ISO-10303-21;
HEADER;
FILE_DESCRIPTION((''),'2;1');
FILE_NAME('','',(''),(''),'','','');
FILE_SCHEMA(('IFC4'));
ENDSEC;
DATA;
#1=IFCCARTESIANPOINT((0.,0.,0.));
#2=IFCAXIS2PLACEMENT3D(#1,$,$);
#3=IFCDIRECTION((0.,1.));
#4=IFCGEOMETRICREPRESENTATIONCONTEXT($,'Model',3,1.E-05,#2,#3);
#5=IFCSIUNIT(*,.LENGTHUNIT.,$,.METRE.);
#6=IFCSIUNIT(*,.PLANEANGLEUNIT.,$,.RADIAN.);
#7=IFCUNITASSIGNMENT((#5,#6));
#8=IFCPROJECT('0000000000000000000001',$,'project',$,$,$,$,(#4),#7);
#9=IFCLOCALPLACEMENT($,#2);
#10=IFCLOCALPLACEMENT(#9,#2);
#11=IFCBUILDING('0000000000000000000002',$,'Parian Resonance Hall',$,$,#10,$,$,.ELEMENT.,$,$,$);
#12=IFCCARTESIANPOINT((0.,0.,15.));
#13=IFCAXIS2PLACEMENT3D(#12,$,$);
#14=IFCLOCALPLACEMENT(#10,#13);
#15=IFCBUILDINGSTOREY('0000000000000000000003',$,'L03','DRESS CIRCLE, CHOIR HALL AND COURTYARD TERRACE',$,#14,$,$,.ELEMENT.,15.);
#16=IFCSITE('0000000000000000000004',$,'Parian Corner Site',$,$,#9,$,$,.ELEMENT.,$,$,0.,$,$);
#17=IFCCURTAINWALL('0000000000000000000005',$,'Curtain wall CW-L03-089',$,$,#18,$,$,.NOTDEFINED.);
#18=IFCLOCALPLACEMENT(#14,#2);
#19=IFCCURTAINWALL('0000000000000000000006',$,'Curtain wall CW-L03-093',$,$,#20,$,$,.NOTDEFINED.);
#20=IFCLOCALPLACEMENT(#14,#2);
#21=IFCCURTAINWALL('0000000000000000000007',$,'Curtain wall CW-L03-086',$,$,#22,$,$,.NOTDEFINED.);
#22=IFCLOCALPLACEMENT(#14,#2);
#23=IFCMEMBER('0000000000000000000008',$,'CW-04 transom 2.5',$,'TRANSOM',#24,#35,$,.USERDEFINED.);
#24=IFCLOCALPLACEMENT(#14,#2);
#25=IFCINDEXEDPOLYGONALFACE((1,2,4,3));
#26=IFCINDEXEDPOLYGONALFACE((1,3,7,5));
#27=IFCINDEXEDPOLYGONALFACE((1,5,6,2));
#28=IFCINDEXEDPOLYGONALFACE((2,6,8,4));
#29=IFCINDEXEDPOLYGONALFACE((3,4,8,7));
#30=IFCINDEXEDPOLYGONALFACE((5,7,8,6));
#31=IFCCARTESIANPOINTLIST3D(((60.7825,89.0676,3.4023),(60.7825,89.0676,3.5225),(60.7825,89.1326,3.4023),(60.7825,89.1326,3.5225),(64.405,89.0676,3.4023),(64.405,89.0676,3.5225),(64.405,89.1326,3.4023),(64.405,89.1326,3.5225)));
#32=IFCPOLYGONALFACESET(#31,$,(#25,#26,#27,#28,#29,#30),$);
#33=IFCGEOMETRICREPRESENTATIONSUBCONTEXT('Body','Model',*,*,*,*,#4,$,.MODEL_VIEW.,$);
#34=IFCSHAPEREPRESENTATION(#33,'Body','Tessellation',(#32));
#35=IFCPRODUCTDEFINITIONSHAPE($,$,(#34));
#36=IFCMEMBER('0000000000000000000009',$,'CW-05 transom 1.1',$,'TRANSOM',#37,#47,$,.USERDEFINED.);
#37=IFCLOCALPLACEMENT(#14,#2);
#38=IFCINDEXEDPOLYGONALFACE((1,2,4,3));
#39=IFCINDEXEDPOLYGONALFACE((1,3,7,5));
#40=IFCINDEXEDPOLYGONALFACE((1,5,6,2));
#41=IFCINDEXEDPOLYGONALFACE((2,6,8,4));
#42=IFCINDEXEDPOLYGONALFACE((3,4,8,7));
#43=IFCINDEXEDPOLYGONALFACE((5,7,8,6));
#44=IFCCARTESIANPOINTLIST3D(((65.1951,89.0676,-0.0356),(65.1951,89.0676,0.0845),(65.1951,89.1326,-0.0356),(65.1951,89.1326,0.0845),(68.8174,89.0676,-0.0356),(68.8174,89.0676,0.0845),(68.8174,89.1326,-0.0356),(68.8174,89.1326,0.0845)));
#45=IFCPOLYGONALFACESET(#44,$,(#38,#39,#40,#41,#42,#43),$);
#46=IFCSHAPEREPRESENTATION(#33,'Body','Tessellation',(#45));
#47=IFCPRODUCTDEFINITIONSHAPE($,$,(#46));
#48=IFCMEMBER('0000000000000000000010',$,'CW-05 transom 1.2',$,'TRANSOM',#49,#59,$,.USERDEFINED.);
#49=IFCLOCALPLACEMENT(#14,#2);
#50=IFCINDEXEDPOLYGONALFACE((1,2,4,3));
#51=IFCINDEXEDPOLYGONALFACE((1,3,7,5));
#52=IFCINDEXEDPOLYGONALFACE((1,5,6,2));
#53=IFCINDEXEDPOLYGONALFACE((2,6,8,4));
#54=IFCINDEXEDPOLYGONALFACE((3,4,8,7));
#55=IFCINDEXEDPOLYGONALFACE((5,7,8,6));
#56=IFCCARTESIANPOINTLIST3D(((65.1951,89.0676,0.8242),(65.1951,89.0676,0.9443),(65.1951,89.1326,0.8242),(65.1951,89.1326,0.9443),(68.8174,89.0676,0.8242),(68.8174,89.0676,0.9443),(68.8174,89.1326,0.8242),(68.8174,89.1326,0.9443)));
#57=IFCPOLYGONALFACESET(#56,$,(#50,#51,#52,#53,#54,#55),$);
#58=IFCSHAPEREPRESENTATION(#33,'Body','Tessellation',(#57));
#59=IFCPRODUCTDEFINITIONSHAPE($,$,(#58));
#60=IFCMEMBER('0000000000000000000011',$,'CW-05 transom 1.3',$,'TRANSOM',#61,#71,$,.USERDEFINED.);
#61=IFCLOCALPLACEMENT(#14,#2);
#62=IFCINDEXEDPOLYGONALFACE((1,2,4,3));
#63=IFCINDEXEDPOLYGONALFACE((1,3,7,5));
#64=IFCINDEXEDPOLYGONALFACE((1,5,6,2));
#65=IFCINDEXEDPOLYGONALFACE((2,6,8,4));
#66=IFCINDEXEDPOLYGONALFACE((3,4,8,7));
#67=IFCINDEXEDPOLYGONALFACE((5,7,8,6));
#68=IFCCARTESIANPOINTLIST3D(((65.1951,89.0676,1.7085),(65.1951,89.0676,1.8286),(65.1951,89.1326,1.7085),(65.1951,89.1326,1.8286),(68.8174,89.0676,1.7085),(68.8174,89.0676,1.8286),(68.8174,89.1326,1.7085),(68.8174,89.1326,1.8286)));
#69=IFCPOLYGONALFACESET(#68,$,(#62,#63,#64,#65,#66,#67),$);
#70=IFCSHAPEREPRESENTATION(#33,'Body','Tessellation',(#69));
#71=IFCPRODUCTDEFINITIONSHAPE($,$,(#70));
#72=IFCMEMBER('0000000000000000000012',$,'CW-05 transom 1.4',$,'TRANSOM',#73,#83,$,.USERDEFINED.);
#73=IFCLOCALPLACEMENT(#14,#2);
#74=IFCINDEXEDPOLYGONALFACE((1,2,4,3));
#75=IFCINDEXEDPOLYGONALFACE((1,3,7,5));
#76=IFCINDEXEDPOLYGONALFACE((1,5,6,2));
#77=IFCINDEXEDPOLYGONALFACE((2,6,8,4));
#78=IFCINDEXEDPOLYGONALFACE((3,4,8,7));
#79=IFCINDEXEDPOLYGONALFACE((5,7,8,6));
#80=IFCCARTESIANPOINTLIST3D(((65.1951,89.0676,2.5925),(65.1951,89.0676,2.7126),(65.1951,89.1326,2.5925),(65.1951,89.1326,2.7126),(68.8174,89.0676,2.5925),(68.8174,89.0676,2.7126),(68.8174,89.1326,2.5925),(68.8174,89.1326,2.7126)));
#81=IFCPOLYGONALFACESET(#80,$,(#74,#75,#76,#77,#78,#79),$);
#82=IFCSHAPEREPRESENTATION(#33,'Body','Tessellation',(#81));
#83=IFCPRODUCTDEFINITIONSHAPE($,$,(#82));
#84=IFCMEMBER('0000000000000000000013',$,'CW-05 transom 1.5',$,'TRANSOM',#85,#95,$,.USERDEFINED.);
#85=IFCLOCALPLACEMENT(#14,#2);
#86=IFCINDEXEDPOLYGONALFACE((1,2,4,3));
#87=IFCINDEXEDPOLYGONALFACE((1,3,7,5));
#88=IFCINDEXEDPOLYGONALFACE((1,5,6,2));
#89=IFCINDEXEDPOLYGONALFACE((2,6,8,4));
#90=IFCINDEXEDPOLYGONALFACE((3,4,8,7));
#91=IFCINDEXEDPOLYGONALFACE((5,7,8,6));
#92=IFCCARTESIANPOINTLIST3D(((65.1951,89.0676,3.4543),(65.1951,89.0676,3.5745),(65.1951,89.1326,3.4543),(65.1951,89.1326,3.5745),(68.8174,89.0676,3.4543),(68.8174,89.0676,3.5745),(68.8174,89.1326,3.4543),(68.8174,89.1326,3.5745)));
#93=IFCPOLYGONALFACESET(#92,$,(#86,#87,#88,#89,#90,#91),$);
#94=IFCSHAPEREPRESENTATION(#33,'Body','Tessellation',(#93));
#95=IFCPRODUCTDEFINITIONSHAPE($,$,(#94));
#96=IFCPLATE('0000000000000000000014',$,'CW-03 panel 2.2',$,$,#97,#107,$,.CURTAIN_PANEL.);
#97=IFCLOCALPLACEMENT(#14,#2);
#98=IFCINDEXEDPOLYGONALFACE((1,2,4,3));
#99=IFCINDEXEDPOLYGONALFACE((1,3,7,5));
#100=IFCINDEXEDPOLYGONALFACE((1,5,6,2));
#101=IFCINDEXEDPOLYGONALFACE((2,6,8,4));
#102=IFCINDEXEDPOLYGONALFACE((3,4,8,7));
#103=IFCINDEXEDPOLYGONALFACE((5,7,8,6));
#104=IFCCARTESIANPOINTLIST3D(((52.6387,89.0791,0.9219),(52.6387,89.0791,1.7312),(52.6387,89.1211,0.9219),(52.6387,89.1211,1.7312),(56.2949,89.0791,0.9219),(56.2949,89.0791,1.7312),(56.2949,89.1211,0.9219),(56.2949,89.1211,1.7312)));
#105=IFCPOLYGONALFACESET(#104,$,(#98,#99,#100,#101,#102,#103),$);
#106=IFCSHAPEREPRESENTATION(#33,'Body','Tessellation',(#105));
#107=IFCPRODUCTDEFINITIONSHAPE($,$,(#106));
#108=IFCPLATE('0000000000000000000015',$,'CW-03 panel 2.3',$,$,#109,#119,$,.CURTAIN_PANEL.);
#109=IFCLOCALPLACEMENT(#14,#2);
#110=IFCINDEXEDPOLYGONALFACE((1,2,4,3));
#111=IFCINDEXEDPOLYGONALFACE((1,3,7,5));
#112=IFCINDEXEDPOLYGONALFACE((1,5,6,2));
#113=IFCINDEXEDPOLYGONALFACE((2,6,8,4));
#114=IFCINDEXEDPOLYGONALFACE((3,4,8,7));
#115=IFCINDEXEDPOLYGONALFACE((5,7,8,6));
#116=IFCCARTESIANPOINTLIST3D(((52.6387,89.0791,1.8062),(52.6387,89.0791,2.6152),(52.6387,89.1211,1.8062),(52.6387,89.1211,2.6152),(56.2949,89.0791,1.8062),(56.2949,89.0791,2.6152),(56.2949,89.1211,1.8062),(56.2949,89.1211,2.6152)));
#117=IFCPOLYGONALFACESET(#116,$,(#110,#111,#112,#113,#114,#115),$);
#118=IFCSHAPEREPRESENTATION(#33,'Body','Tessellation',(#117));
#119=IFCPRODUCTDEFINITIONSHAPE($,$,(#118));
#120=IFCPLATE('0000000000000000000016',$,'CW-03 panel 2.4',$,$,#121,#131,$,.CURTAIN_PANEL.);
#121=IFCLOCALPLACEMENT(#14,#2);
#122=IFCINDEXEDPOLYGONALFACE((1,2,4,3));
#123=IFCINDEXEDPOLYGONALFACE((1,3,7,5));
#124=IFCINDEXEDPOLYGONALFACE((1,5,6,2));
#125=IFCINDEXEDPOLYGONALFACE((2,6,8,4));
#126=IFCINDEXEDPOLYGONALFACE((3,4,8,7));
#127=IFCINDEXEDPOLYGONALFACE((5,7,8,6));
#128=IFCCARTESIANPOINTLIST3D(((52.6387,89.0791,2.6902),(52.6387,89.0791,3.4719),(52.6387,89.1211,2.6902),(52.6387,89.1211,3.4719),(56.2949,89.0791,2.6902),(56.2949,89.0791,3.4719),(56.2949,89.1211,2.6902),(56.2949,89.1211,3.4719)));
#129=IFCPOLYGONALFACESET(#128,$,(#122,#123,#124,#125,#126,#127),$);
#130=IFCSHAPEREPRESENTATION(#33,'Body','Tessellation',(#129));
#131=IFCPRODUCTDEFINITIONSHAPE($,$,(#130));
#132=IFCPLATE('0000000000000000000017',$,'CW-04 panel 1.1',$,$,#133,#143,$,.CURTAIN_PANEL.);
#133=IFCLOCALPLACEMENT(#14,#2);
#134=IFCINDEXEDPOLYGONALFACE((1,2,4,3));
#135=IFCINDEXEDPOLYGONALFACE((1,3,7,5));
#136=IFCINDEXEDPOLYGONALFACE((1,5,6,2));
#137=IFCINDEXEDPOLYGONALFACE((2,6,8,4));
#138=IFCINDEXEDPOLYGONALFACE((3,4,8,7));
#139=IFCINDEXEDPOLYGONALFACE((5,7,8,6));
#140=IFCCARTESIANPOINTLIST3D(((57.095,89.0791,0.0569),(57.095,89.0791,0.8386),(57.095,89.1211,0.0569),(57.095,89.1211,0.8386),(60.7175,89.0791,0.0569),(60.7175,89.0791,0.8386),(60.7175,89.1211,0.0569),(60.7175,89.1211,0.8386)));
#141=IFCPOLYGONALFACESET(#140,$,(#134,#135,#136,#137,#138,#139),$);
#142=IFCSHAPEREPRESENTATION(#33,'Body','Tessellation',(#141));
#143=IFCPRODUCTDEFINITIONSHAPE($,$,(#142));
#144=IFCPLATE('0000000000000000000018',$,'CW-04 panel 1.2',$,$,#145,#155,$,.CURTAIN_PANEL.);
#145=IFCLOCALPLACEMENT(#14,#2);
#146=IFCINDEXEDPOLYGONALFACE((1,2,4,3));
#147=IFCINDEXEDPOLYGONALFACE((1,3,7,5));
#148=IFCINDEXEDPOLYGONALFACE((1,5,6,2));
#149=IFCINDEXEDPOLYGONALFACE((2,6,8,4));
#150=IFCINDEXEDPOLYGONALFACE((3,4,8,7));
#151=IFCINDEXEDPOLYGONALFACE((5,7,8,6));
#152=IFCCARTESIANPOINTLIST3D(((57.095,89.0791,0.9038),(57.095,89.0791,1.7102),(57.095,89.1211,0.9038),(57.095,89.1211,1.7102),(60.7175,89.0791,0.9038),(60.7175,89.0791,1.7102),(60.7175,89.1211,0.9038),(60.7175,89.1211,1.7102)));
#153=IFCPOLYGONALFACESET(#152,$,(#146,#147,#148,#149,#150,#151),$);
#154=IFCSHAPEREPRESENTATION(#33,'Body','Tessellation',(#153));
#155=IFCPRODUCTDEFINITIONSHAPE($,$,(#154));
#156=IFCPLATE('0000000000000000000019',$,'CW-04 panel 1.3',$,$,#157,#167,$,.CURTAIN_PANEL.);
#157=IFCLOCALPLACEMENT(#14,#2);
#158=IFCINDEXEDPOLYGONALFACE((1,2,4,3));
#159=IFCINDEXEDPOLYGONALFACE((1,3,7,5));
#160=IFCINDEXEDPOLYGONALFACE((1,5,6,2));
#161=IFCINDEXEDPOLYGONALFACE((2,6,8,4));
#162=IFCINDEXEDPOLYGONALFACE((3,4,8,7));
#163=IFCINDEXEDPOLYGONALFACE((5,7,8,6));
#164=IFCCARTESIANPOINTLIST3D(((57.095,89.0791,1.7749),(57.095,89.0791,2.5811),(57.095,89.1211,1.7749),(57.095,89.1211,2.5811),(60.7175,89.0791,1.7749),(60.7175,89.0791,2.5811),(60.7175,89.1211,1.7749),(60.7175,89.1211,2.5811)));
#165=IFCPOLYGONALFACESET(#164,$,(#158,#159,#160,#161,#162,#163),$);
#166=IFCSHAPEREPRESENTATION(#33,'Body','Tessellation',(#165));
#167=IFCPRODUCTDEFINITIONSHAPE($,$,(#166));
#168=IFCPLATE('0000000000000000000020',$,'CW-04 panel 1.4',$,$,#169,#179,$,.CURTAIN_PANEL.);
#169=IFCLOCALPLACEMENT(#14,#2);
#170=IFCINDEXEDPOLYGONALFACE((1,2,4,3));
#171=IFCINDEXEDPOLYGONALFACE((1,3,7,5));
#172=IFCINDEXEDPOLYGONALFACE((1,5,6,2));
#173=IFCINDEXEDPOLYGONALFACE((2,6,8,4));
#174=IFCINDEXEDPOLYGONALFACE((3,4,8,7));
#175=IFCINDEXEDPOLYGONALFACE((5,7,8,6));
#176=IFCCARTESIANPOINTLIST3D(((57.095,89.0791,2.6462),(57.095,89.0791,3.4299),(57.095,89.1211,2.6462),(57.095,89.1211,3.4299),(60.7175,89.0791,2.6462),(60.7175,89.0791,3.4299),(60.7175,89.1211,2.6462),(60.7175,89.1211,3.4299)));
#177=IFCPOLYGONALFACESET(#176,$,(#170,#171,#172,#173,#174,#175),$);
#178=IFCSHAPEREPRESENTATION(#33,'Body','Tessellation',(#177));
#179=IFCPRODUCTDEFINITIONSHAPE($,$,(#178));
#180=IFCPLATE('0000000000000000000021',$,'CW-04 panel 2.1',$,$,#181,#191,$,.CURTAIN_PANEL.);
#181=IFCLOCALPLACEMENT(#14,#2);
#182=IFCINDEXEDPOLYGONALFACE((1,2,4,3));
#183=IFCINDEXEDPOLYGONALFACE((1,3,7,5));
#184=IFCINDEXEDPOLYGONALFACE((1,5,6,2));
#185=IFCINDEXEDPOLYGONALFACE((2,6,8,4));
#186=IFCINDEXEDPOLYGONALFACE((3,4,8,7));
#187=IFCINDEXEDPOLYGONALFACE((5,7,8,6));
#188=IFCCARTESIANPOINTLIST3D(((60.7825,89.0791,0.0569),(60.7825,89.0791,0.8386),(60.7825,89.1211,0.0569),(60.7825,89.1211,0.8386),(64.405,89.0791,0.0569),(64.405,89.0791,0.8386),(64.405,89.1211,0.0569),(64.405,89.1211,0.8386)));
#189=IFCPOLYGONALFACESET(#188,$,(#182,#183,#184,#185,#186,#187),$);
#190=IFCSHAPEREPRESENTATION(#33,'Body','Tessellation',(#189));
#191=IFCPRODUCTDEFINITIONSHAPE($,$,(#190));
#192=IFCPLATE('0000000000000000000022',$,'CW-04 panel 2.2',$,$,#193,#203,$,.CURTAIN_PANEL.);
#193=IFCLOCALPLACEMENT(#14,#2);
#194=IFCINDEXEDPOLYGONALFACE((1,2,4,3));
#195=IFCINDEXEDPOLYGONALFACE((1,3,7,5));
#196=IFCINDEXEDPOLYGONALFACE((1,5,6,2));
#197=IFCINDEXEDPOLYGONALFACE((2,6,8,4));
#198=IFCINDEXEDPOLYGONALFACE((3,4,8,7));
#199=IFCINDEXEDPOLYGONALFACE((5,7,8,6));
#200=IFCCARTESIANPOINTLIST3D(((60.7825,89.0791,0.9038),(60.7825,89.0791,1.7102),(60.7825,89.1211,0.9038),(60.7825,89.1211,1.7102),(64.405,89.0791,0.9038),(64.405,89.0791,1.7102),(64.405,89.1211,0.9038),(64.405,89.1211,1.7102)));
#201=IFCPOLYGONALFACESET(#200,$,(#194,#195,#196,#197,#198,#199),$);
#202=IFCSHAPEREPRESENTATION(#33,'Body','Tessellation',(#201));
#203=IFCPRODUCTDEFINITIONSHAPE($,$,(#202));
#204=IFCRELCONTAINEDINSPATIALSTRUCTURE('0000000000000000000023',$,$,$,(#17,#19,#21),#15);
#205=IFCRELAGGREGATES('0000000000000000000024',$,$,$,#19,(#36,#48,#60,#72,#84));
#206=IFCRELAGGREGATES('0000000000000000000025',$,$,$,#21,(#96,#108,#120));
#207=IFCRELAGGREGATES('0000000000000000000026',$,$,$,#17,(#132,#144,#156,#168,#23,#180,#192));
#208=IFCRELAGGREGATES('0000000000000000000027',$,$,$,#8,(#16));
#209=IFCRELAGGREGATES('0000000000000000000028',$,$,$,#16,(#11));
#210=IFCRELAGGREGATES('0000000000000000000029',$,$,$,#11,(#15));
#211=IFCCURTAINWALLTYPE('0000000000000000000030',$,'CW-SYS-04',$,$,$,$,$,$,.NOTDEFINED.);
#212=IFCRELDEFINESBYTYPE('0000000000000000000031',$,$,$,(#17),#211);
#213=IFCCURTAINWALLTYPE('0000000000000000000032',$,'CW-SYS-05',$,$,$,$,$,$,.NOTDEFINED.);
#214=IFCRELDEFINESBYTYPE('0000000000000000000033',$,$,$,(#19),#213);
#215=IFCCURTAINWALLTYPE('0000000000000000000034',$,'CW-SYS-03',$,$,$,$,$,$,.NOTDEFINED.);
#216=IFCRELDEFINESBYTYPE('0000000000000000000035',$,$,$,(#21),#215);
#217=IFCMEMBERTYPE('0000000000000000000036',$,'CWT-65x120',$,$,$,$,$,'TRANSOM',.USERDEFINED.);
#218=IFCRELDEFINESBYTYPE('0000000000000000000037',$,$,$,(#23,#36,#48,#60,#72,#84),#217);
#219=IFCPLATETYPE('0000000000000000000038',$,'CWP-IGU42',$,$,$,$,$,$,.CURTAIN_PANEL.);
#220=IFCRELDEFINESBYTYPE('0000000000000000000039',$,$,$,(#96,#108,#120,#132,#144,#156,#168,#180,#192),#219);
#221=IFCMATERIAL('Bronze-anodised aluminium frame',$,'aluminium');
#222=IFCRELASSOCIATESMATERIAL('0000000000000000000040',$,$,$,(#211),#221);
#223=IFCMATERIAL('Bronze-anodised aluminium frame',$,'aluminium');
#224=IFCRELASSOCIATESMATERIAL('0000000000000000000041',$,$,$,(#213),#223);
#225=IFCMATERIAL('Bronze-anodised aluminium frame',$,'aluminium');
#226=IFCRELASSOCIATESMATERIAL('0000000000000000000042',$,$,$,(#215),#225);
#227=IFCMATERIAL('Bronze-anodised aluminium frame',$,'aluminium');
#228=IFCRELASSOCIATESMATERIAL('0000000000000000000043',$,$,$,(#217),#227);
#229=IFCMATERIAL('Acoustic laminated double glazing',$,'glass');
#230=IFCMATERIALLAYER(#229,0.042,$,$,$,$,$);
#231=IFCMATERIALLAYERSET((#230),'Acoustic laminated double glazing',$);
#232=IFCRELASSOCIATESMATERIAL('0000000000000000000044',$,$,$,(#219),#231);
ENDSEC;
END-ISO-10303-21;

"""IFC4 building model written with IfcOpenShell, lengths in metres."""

from ifc_helpers import new_model, si_unit, direction, frame, origin, origin_2d, place, context, subcontext, project, spatial, rectangle, extrude, material, layer, layer_set, material_profile, profile_set, type_object, element, aggregate, save


model = new_model("IFC4")

# Units and contexts
model_context = context("Model", 3, precision=1e-05, world=origin(), true_north=direction((0.0, 1.0)))
body_context = subcontext(model_context, "Body", "Model", "MODEL_VIEW")
ifc_project = project(units=[si_unit("LENGTHUNIT", "METRE"), si_unit("PLANEANGLEUNIT", "RADIAN")], contexts=[model_context])

# Site, building, storey
site_placement = place(None, origin())
site = spatial("IfcSite", under=ifc_project, at=site_placement, Name="Parian Corner Site", CompositionType="ELEMENT", RefElevation=0.0)
building_placement = place(site_placement, origin())
building = spatial("IfcBuilding", under=site, at=building_placement, Name="Parian Resonance Hall", CompositionType="ELEMENT")
storey_placement = place(building_placement, frame((0.0, 0.0, 15.0)))
storey = spatial("IfcBuildingStorey", under=building, at=storey_placement, Name="L03", Description="DRESS CIRCLE, CHOIR HALL AND COURTYARD TERRACE", CompositionType="ELEMENT", Elevation=15.0)

# Curtain wall
ifc_material_1 = material(Name="Bronze-anodised aluminium frame", Category="aluminium")
curtain_wall_type_1 = type_object("IfcCurtainWallType", Name="CW-SYS-04", PredefinedType="NOTDEFINED", material=ifc_material_1)
curtain_wall_1_placement = place(storey_placement, origin())
curtain_wall_1 = element("IfcCurtainWall", 1, at=curtain_wall_1_placement, inside=storey, type_object=curtain_wall_type_1, Name="Curtain wall CW-L03-089", PredefinedType="NOTDEFINED")

# Curtain walls
ifc_material_2 = material(Name="Bronze-anodised aluminium frame", Category="aluminium")
curtain_wall_type_2 = type_object("IfcCurtainWallType", Name="CW-SYS-05", PredefinedType="NOTDEFINED", material=ifc_material_2)
curtain_wall_2_placement = place(storey_placement, origin())
curtain_wall_2 = element("IfcCurtainWall", 2, at=curtain_wall_2_placement, inside=storey, type_object=curtain_wall_type_2, Name="Curtain wall CW-L03-093", PredefinedType="NOTDEFINED")
ifc_material_3 = material(Name="Bronze-anodised aluminium frame", Category="aluminium")
curtain_wall_type_3 = type_object("IfcCurtainWallType", Name="CW-SYS-03", PredefinedType="NOTDEFINED", material=ifc_material_3)
curtain_wall_3_placement = place(storey_placement, origin())
curtain_wall_3 = element("IfcCurtainWall", 3, at=curtain_wall_3_placement, inside=storey, type_object=curtain_wall_type_3, Name="Curtain wall CW-L03-086", PredefinedType="NOTDEFINED")

# Members
ifc_material_4 = material(Name="Bronze-anodised aluminium frame", Category="aluminium")
ifc_material_profile_1 = material_profile(ifc_material_4, rectangle(XDim=0.0649, YDim=0.1201, at=origin_2d()), Name="CWT-65x120")
ifc_profile_set_1 = profile_set([ifc_material_profile_1], Name="Bronze-anodised aluminium frame")
member_type_1 = type_object("IfcMemberType", Name="CWT-65x120", ElementType="TRANSOM", PredefinedType="USERDEFINED", material=ifc_profile_set_1)
member_1_placement = place(storey_placement, frame((60.7825, 89.1001, 3.4624), z_axis=(1.0, 0.0, 0.0), x_axis=(0.0, 1.0, 0.0)))
member_1 = element("IfcMember", 4, at=member_1_placement, type_object=member_type_1, Name="CW-04 transom 2.5", ObjectType="TRANSOM", PredefinedType="USERDEFINED", context=body_context, shape_type="SweptSolid", body=[
    extrude(rectangle(XDim=0.0649, YDim=0.1201, at=origin_2d()), origin(), (0.0, 0.0, 1.0), 3.6226),
])
member_2_placement = place(storey_placement, frame((65.1951, 89.1001, 0.0244), z_axis=(1.0, 0.0, 0.0), x_axis=(0.0, 1.0, 0.0)))
member_2 = element("IfcMember", 5, at=member_2_placement, type_object=member_type_1, Name="CW-05 transom 1.1", ObjectType="TRANSOM", PredefinedType="USERDEFINED", context=body_context, shape_type="SweptSolid", body=[
    extrude(rectangle(XDim=0.0649, YDim=0.1201, at=origin_2d()), origin(), (0.0, 0.0, 1.0), 3.6223),
])
member_3_placement = place(storey_placement, frame((65.1951, 89.1001, 0.8843), z_axis=(1.0, 0.0, 0.0), x_axis=(0.0, 1.0, 0.0)))
member_3 = element("IfcMember", 6, at=member_3_placement, type_object=member_type_1, Name="CW-05 transom 1.2", ObjectType="TRANSOM", PredefinedType="USERDEFINED", context=body_context, shape_type="SweptSolid", body=[
    extrude(rectangle(XDim=0.0649, YDim=0.1201, at=origin_2d()), origin(), (0.0, 0.0, 1.0), 3.6223),
])
member_4_placement = place(storey_placement, frame((65.1951, 89.1001, 1.7686), z_axis=(1.0, 0.0, 0.0), x_axis=(0.0, 1.0, 0.0)))
member_4 = element("IfcMember", 7, at=member_4_placement, type_object=member_type_1, Name="CW-05 transom 1.3", ObjectType="TRANSOM", PredefinedType="USERDEFINED", context=body_context, shape_type="SweptSolid", body=[
    extrude(rectangle(XDim=0.0649, YDim=0.1201, at=origin_2d()), origin(), (0.0, 0.0, 1.0), 3.6223),
])
member_5_placement = place(storey_placement, frame((65.1951, 89.1001, 2.6526), z_axis=(1.0, 0.0, 0.0), x_axis=(0.0, 1.0, 0.0)))
member_5 = element("IfcMember", 8, at=member_5_placement, type_object=member_type_1, Name="CW-05 transom 1.4", ObjectType="TRANSOM", PredefinedType="USERDEFINED", context=body_context, shape_type="SweptSolid", body=[
    extrude(rectangle(XDim=0.0649, YDim=0.1201, at=origin_2d()), origin(), (0.0, 0.0, 1.0), 3.6223),
])
member_6_placement = place(storey_placement, frame((65.1951, 89.1001, 3.5144), z_axis=(1.0, 0.0, 0.0), x_axis=(0.0, 1.0, 0.0)))
member_6 = element("IfcMember", 9, at=member_6_placement, type_object=member_type_1, Name="CW-05 transom 1.5", ObjectType="TRANSOM", PredefinedType="USERDEFINED", context=body_context, shape_type="SweptSolid", body=[
    extrude(rectangle(XDim=0.0649, YDim=0.1201, at=origin_2d()), origin(), (0.0, 0.0, 1.0), 3.6223),
])
aggregate(curtain_wall_2, [member_2, member_3, member_4, member_5, member_6])

# Plates
ifc_material_5 = material(Name="Acoustic laminated double glazing", Category="glass")
ifc_layer = layer(ifc_material_5, 0.042)
ifc_layer_set = layer_set([ifc_layer], Name="Acoustic laminated double glazing")
plate_type = type_object("IfcPlateType", Name="CWP-IGU42", PredefinedType="CURTAIN_PANEL", material=ifc_layer_set)
plate_1_placement = place(storey_placement, frame((54.4668, 89.1001, 0.9219), z_axis=(0.0, 0.0, 1.0), x_axis=(1.0, 0.0, 0.0)))
plate_1 = element("IfcPlate", 10, at=plate_1_placement, type_object=plate_type, Name="CW-03 panel 2.2", PredefinedType="CURTAIN_PANEL", context=body_context, shape_type="SweptSolid", body=[
    extrude(rectangle(XDim=3.6562, YDim=0.042, at=origin_2d()), origin(), (0.0, 0.0, 1.0), 0.8093),
])
plate_2_placement = place(storey_placement, frame((54.4668, 89.1001, 1.8062), z_axis=(0.0, 0.0, 1.0), x_axis=(1.0, 0.0, 0.0)))
plate_2 = element("IfcPlate", 11, at=plate_2_placement, type_object=plate_type, Name="CW-03 panel 2.3", PredefinedType="CURTAIN_PANEL", context=body_context, shape_type="SweptSolid", body=[
    extrude(rectangle(XDim=3.6562, YDim=0.042, at=origin_2d()), origin(), (0.0, 0.0, 1.0), 0.8091),
])
plate_3_placement = place(storey_placement, frame((54.4668, 89.1001, 2.6902), z_axis=(0.0, 0.0, 1.0), x_axis=(1.0, 0.0, 0.0)))
plate_3 = element("IfcPlate", 12, at=plate_3_placement, type_object=plate_type, Name="CW-03 panel 2.4", PredefinedType="CURTAIN_PANEL", context=body_context, shape_type="SweptSolid", body=[
    extrude(rectangle(XDim=3.6562, YDim=0.042, at=origin_2d()), origin(), (0.0, 0.0, 1.0), 0.7817),
])
aggregate(curtain_wall_3, [plate_1, plate_2, plate_3])
plate_4_placement = place(storey_placement, frame((58.9062, 89.1001, 0.0569), z_axis=(0.0, 0.0, 1.0), x_axis=(1.0, 0.0, 0.0)))
plate_4 = element("IfcPlate", 13, at=plate_4_placement, type_object=plate_type, Name="CW-04 panel 1.1", PredefinedType="CURTAIN_PANEL", context=body_context, shape_type="SweptSolid", body=[
    extrude(rectangle(XDim=3.6226, YDim=0.042, at=origin_2d()), origin(), (0.0, 0.0, 1.0), 0.7817),
])
plate_5_placement = place(storey_placement, frame((58.9062, 89.1001, 0.9038), z_axis=(0.0, 0.0, 1.0), x_axis=(1.0, 0.0, 0.0)))
plate_5 = element("IfcPlate", 14, at=plate_5_placement, type_object=plate_type, Name="CW-04 panel 1.2", PredefinedType="CURTAIN_PANEL", context=body_context, shape_type="SweptSolid", body=[
    extrude(rectangle(XDim=3.6226, YDim=0.042, at=origin_2d()), origin(), (0.0, 0.0, 1.0), 0.8064),
])
plate_6_placement = place(storey_placement, frame((58.9062, 89.1001, 1.7749), z_axis=(0.0, 0.0, 1.0), x_axis=(1.0, 0.0, 0.0)))
plate_6 = element("IfcPlate", 15, at=plate_6_placement, type_object=plate_type, Name="CW-04 panel 1.3", PredefinedType="CURTAIN_PANEL", context=body_context, shape_type="SweptSolid", body=[
    extrude(rectangle(XDim=3.6226, YDim=0.042, at=origin_2d()), origin(), (0.0, 0.0, 1.0), 0.8062),
])
plate_7_placement = place(storey_placement, frame((58.9062, 89.1001, 2.6462), z_axis=(0.0, 0.0, 1.0), x_axis=(1.0, 0.0, 0.0)))
plate_7 = element("IfcPlate", 16, at=plate_7_placement, type_object=plate_type, Name="CW-04 panel 1.4", PredefinedType="CURTAIN_PANEL", context=body_context, shape_type="SweptSolid", body=[
    extrude(rectangle(XDim=3.6226, YDim=0.042, at=origin_2d()), origin(), (0.0, 0.0, 1.0), 0.7837),
])
plate_8_placement = place(storey_placement, frame((62.5938, 89.1001, 0.0569), z_axis=(0.0, 0.0, 1.0), x_axis=(1.0, 0.0, 0.0)))
plate_8 = element("IfcPlate", 17, at=plate_8_placement, type_object=plate_type, Name="CW-04 panel 2.1", PredefinedType="CURTAIN_PANEL", context=body_context, shape_type="SweptSolid", body=[
    extrude(rectangle(XDim=3.6226, YDim=0.042, at=origin_2d()), origin(), (0.0, 0.0, 1.0), 0.7817),
])
plate_9_placement = place(storey_placement, frame((62.5938, 89.1001, 0.9038), z_axis=(0.0, 0.0, 1.0), x_axis=(1.0, 0.0, 0.0)))
plate_9 = element("IfcPlate", 18, at=plate_9_placement, type_object=plate_type, Name="CW-04 panel 2.2", PredefinedType="CURTAIN_PANEL", context=body_context, shape_type="SweptSolid", body=[
    extrude(rectangle(XDim=3.6226, YDim=0.042, at=origin_2d()), origin(), (0.0, 0.0, 1.0), 0.8064),
])
aggregate(curtain_wall_1, [plate_4, plate_5, plate_6, plate_7, member_1, plate_8, plate_9])

save(model, "model.ifc")
